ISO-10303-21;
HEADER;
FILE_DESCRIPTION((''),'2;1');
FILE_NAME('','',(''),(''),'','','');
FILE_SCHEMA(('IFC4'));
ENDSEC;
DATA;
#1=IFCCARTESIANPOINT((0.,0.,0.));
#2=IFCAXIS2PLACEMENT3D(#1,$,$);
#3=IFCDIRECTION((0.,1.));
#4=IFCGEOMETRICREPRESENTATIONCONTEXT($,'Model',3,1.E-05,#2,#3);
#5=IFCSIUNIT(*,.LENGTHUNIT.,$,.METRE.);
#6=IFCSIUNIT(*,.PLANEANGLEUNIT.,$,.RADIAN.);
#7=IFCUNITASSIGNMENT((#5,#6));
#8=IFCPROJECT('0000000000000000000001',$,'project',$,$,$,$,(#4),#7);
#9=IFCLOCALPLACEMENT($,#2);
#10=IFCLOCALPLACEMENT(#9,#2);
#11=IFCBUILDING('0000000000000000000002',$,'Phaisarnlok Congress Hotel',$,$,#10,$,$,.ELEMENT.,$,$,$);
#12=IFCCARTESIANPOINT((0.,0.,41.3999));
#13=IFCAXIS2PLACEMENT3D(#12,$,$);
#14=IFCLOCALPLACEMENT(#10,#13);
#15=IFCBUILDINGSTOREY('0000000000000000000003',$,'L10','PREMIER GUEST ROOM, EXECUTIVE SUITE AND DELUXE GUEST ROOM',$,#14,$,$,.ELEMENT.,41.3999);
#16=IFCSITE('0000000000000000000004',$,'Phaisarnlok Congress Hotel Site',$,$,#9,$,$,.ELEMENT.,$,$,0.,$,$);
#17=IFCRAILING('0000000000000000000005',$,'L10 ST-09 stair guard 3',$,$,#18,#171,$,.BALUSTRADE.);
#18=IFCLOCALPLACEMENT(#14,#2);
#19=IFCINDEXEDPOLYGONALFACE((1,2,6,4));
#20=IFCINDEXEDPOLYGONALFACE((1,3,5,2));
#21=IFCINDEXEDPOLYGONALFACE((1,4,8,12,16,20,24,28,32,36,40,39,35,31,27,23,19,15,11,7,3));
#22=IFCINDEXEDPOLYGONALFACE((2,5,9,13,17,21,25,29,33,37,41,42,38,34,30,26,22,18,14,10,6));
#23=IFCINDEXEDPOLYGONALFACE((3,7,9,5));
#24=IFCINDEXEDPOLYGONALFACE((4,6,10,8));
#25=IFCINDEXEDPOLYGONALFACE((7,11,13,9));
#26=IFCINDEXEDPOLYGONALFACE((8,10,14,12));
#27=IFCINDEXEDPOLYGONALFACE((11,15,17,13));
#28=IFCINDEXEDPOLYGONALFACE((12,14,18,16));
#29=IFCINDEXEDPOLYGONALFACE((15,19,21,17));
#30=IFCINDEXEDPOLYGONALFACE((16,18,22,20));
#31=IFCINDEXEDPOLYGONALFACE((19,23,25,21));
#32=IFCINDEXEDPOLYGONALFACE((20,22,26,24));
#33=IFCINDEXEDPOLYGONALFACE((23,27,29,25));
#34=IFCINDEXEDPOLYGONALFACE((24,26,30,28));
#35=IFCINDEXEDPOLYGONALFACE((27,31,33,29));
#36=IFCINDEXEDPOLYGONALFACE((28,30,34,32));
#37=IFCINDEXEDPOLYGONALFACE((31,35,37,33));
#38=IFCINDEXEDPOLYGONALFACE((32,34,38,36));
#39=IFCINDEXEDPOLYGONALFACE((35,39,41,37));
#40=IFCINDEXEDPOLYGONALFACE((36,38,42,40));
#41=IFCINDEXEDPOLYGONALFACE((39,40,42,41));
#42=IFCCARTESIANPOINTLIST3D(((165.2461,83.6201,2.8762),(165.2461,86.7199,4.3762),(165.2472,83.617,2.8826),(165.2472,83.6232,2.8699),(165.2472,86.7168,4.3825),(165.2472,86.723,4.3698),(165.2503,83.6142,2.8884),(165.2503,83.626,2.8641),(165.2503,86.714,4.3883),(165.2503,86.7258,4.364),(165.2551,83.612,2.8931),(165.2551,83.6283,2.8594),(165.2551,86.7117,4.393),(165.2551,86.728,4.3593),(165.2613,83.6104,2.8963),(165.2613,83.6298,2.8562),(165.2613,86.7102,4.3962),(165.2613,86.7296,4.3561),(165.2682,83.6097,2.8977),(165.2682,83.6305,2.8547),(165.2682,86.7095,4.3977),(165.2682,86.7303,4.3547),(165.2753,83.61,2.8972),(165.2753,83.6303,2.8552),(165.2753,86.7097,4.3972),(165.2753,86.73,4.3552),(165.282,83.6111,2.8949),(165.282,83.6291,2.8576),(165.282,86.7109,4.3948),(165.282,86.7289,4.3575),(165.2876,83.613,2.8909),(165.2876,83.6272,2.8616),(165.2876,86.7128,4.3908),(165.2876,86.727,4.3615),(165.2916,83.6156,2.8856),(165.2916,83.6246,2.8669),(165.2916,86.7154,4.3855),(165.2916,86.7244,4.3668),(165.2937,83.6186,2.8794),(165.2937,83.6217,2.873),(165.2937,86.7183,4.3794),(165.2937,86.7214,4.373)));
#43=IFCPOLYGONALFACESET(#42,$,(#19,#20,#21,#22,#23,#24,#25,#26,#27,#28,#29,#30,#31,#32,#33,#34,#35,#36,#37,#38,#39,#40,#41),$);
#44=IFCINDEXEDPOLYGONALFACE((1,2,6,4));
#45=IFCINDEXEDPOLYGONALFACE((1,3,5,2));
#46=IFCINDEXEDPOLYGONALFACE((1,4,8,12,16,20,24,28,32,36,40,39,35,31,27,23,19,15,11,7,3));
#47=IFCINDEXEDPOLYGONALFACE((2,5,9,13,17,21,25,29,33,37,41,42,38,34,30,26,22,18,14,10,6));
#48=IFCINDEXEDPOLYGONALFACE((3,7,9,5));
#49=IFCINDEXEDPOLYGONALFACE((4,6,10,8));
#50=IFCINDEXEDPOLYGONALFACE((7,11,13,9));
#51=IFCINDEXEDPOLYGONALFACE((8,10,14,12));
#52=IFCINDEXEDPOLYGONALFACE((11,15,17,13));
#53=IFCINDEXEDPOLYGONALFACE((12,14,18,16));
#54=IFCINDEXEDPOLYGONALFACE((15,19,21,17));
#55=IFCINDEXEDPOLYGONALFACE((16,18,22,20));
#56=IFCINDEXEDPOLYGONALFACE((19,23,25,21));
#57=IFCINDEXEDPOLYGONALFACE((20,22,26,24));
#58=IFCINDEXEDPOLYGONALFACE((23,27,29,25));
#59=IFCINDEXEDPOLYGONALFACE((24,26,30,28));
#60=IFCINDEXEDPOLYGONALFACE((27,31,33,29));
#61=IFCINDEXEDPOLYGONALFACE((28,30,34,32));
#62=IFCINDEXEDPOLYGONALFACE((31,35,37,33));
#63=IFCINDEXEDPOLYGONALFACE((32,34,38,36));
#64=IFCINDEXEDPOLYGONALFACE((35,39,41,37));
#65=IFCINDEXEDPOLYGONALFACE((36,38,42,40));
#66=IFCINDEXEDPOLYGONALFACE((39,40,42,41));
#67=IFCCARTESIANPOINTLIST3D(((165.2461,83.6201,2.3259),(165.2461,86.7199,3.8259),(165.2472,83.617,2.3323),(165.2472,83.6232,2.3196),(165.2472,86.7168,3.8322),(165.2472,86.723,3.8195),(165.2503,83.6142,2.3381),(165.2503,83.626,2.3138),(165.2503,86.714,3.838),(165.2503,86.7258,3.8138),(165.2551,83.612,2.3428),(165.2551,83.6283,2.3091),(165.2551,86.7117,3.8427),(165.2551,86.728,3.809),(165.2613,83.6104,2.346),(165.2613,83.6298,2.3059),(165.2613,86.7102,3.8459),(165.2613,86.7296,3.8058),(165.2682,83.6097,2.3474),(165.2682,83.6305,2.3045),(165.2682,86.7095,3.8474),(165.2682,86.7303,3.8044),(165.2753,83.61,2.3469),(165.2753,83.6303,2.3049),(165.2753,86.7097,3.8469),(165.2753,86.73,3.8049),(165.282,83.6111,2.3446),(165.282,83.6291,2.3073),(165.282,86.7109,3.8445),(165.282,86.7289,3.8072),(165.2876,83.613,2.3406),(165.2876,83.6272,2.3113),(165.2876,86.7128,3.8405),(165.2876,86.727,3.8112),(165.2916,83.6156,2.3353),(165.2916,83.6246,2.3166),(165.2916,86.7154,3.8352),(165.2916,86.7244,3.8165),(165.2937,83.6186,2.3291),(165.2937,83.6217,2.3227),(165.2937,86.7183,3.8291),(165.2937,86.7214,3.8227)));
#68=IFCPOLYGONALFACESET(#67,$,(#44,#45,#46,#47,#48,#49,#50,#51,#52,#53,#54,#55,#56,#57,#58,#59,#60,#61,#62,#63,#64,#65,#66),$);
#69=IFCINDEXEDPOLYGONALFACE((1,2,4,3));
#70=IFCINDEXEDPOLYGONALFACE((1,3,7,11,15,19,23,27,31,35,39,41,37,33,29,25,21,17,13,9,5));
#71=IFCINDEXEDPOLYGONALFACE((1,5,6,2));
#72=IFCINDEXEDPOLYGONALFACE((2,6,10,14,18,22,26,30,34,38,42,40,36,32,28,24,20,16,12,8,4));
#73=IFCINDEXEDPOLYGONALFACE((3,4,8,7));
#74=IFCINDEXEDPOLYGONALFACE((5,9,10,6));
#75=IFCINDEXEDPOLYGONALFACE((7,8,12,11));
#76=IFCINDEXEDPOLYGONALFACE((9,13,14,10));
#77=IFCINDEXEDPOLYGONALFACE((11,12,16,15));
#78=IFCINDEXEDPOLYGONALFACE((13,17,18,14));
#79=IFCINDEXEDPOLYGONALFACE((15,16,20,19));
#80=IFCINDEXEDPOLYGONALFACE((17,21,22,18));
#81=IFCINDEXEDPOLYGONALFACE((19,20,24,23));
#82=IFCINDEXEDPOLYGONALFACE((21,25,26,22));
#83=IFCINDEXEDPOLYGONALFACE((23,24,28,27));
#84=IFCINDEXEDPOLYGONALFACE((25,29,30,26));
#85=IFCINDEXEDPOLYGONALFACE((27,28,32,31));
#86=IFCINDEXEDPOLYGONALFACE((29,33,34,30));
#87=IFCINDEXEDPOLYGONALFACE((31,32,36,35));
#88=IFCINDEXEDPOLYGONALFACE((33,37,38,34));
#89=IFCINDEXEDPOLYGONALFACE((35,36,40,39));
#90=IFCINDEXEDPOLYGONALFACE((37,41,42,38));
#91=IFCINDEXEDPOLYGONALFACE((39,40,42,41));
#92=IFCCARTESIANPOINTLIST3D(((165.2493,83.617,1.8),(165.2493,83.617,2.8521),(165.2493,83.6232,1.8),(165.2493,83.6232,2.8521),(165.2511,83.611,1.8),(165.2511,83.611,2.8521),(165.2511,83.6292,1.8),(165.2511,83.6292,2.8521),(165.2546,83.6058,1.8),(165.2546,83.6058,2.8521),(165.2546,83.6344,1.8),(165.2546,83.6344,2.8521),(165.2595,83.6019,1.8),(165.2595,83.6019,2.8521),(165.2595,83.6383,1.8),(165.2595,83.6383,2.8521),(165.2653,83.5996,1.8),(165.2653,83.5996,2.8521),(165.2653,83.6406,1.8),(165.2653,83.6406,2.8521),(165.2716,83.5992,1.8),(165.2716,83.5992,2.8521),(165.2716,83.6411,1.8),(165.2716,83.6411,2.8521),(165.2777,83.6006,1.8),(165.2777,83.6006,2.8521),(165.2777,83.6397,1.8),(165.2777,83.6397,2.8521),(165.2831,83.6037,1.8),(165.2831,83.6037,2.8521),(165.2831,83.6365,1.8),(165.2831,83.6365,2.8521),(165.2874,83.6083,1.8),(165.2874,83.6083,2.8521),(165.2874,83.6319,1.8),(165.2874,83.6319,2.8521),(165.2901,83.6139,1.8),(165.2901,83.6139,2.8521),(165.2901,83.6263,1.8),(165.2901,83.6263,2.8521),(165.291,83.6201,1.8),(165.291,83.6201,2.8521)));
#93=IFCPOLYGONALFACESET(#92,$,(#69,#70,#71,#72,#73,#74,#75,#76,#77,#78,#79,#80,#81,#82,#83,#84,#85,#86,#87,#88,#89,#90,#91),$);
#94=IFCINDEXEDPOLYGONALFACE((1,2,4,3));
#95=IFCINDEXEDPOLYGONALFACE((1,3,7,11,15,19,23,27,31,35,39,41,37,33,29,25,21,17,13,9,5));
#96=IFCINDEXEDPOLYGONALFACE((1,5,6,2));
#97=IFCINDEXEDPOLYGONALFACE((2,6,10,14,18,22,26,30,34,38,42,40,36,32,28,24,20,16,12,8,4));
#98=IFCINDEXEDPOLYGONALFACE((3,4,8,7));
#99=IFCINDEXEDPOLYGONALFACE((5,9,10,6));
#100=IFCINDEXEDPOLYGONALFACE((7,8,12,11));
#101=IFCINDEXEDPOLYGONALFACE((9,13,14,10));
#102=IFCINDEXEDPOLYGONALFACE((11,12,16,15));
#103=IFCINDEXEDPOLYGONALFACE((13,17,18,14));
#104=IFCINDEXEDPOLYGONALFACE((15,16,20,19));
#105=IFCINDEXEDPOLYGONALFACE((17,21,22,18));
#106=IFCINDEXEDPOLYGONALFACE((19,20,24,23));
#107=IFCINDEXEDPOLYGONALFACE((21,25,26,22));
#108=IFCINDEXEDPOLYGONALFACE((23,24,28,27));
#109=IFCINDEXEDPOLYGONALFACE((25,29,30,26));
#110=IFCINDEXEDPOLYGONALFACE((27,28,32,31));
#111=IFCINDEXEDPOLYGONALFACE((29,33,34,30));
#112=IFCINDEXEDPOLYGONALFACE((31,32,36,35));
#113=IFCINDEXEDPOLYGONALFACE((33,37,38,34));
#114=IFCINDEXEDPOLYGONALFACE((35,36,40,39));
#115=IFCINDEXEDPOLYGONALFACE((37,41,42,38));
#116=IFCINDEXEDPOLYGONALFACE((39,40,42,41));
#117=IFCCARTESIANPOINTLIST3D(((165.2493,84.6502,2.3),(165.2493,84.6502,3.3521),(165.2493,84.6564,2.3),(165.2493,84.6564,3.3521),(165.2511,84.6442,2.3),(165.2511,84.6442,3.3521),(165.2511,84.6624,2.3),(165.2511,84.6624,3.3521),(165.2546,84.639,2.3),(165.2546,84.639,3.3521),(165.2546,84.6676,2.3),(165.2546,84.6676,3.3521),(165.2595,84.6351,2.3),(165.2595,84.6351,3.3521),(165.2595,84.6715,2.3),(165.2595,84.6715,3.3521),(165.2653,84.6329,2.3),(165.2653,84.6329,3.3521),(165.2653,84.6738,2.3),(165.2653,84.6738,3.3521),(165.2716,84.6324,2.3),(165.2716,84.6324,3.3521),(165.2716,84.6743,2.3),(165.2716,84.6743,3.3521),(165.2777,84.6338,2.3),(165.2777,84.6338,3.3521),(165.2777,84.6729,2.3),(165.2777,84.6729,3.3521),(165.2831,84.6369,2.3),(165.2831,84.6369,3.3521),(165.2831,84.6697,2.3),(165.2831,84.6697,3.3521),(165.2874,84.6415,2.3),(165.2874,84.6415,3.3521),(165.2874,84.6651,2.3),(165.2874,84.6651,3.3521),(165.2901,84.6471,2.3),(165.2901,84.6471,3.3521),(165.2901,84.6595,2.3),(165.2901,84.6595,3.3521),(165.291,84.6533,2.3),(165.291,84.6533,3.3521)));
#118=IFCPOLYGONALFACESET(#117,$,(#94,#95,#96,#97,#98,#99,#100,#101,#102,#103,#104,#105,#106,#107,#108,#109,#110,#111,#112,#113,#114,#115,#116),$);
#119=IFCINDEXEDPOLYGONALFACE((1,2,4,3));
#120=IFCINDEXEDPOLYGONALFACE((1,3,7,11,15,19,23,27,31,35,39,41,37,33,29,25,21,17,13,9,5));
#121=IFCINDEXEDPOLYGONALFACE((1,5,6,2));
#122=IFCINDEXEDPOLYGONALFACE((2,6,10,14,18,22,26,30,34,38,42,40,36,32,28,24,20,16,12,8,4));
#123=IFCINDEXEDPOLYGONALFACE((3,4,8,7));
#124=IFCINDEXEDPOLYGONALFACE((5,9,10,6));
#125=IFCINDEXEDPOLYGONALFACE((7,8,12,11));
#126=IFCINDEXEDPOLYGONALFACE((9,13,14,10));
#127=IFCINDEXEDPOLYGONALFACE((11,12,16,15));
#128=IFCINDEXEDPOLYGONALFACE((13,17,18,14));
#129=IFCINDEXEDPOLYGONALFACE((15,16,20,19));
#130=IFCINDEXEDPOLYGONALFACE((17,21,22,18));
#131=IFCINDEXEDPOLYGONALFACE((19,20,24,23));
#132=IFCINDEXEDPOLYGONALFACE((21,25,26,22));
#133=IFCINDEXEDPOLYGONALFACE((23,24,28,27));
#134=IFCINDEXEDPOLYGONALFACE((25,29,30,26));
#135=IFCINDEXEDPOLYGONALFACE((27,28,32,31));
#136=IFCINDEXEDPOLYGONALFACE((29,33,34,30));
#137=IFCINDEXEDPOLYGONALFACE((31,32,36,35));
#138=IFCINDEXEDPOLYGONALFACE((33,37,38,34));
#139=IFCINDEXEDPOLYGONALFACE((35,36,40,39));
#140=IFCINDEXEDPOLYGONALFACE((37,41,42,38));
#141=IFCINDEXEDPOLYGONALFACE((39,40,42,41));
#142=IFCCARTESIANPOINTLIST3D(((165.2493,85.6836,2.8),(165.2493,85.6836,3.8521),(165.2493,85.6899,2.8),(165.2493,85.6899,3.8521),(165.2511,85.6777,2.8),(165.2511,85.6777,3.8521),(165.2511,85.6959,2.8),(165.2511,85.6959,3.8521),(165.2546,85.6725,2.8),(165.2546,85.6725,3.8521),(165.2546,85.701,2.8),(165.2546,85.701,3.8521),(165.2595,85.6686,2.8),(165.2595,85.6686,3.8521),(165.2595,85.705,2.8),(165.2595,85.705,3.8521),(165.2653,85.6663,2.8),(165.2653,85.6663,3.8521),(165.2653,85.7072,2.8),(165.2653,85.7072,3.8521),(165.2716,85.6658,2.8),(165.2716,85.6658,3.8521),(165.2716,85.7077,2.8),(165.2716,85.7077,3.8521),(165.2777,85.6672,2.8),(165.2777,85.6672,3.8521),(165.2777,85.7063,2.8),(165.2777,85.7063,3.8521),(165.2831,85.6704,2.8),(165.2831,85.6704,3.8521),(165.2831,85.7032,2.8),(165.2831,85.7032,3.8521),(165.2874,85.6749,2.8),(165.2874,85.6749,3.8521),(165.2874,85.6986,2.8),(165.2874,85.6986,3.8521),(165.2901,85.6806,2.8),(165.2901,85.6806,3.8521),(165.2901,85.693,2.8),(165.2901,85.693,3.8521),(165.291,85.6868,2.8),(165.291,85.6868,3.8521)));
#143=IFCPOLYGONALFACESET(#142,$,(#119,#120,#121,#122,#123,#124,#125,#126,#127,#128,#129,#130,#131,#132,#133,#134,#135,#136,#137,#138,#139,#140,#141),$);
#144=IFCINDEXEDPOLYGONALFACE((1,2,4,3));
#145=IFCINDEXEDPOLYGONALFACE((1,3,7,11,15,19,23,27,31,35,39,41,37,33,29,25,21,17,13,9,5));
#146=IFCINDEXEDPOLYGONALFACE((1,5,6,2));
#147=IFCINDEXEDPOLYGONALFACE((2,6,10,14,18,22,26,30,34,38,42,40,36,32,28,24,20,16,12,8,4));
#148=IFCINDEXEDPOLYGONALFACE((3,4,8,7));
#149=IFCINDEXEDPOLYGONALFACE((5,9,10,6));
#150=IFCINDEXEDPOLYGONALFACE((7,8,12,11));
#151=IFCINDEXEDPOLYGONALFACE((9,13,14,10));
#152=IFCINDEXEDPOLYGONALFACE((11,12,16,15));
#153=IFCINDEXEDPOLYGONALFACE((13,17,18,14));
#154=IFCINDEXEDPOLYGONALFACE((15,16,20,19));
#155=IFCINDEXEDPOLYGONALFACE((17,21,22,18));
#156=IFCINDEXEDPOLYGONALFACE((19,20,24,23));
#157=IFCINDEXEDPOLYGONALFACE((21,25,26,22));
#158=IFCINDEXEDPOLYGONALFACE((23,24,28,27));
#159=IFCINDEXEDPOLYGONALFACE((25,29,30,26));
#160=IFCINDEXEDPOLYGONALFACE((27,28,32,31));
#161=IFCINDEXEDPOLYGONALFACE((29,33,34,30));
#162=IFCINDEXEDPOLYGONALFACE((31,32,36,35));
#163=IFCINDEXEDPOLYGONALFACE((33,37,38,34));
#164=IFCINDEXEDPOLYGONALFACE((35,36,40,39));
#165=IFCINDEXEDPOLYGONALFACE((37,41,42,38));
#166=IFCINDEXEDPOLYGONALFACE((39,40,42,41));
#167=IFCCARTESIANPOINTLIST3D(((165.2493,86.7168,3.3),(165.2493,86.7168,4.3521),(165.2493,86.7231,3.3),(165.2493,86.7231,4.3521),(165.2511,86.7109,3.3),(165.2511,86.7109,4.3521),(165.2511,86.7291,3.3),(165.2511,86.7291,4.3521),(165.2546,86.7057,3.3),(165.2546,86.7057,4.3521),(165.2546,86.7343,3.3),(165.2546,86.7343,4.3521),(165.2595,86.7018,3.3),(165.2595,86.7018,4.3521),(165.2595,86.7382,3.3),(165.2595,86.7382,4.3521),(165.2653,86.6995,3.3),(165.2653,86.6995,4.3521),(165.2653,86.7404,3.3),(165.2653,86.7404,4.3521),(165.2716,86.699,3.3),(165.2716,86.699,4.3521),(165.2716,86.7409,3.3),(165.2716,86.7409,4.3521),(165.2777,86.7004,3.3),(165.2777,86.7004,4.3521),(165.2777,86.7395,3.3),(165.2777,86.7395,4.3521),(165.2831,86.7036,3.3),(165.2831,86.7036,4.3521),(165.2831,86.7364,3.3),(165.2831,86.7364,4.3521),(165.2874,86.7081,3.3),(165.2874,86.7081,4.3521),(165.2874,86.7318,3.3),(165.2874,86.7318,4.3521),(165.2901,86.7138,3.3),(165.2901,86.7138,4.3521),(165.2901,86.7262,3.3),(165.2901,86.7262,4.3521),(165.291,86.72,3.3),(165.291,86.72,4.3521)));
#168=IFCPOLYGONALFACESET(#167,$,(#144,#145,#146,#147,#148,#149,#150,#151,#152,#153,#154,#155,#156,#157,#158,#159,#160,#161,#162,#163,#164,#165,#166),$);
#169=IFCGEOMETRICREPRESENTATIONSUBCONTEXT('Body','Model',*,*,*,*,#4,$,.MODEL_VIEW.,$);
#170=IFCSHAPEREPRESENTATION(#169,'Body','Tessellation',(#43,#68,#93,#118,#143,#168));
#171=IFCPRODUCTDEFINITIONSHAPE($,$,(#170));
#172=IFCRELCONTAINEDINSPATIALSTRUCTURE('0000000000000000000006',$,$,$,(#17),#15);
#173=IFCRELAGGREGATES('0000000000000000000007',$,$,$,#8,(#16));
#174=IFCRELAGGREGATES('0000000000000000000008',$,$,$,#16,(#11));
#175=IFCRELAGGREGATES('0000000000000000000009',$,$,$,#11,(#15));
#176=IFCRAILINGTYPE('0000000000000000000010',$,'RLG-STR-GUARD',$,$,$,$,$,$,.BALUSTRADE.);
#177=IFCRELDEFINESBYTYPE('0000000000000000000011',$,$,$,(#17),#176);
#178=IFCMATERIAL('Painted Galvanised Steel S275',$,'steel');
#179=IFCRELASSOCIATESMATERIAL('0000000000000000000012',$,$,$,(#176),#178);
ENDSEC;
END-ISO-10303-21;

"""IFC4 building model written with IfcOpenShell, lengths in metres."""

from ifc_helpers import new_model, si_unit, direction, frame, origin, origin_2d, place, context, subcontext, project, spatial, circle, extrude, material, type_object, element, save


model = new_model("IFC4")

# Units and contexts
model_context = context("Model", 3, precision=1e-05, world=origin(), true_north=direction((0.0, 1.0)))
body_context = subcontext(model_context, "Body", "Model", "MODEL_VIEW")
ifc_project = project(units=[si_unit("LENGTHUNIT", "METRE"), si_unit("PLANEANGLEUNIT", "RADIAN")], contexts=[model_context])

# Site, building, storey
site_placement = place(None, origin())
site = spatial("IfcSite", under=ifc_project, at=site_placement, Name="Phaisarnlok Congress Hotel Site", CompositionType="ELEMENT", RefElevation=0.0)
building_placement = place(site_placement, origin())
building = spatial("IfcBuilding", under=site, at=building_placement, Name="Phaisarnlok Congress Hotel", CompositionType="ELEMENT")
storey_placement = place(building_placement, frame((0.0, 0.0, 41.3999)))
storey = spatial("IfcBuildingStorey", under=building, at=storey_placement, Name="L10", Description="PREMIER GUEST ROOM, EXECUTIVE SUITE AND DELUXE GUEST ROOM", CompositionType="ELEMENT", Elevation=41.3999)

# Railing
ifc_material_1 = material(Name="Painted Galvanised Steel S275", Category="steel")
railing_type_1 = type_object("IfcRailingType", Name="RLG-STR-GUARD", PredefinedType="BALUSTRADE", material=ifc_material_1)
railing_1_placement = place(storey_placement, frame((165.27, 83.6201, 1.8)))
element("IfcRailing", 1, at=railing_1_placement, inside=storey, type_object=railing_type_1, Name="L10 ST-09 stair guard 3", PredefinedType="BALUSTRADE", context=body_context, shape_type="SweptSolid", body=[
    extrude(circle(Radius=0.0239, at=origin_2d()), frame((0.0, 0.0, 1.0762), z_axis=(0.0, 0.900151, 0.435578), x_axis=(-1.0, 0.0, 0.0)), (0.0, 0.0, 1.0), 3.4436),
    extrude(circle(Radius=0.0239, at=origin_2d()), frame((0.0, 0.0, 0.5259), z_axis=(0.0, 0.900151, 0.435578), x_axis=(-1.0, 0.0, 0.0)), (0.0, 0.0, 1.0), 3.4436),
    extrude(circle(Radius=0.021, at=origin_2d()), origin(), (0.0, 0.0, 1.0), 1.052),
    extrude(circle(Radius=0.021, at=origin_2d()), frame((0.0, 1.0332, 0.5)), (0.0, 0.0, 1.0), 1.052),
    extrude(circle(Radius=0.021, at=origin_2d()), frame((0.0, 2.0667, 1.0)), (0.0, 0.0, 1.0), 1.052),
    extrude(circle(Radius=0.021, at=origin_2d()), frame((0.0, 3.0999, 1.5)), (0.0, 0.0, 1.0), 1.052),
])

save(model, "model.ifc")
